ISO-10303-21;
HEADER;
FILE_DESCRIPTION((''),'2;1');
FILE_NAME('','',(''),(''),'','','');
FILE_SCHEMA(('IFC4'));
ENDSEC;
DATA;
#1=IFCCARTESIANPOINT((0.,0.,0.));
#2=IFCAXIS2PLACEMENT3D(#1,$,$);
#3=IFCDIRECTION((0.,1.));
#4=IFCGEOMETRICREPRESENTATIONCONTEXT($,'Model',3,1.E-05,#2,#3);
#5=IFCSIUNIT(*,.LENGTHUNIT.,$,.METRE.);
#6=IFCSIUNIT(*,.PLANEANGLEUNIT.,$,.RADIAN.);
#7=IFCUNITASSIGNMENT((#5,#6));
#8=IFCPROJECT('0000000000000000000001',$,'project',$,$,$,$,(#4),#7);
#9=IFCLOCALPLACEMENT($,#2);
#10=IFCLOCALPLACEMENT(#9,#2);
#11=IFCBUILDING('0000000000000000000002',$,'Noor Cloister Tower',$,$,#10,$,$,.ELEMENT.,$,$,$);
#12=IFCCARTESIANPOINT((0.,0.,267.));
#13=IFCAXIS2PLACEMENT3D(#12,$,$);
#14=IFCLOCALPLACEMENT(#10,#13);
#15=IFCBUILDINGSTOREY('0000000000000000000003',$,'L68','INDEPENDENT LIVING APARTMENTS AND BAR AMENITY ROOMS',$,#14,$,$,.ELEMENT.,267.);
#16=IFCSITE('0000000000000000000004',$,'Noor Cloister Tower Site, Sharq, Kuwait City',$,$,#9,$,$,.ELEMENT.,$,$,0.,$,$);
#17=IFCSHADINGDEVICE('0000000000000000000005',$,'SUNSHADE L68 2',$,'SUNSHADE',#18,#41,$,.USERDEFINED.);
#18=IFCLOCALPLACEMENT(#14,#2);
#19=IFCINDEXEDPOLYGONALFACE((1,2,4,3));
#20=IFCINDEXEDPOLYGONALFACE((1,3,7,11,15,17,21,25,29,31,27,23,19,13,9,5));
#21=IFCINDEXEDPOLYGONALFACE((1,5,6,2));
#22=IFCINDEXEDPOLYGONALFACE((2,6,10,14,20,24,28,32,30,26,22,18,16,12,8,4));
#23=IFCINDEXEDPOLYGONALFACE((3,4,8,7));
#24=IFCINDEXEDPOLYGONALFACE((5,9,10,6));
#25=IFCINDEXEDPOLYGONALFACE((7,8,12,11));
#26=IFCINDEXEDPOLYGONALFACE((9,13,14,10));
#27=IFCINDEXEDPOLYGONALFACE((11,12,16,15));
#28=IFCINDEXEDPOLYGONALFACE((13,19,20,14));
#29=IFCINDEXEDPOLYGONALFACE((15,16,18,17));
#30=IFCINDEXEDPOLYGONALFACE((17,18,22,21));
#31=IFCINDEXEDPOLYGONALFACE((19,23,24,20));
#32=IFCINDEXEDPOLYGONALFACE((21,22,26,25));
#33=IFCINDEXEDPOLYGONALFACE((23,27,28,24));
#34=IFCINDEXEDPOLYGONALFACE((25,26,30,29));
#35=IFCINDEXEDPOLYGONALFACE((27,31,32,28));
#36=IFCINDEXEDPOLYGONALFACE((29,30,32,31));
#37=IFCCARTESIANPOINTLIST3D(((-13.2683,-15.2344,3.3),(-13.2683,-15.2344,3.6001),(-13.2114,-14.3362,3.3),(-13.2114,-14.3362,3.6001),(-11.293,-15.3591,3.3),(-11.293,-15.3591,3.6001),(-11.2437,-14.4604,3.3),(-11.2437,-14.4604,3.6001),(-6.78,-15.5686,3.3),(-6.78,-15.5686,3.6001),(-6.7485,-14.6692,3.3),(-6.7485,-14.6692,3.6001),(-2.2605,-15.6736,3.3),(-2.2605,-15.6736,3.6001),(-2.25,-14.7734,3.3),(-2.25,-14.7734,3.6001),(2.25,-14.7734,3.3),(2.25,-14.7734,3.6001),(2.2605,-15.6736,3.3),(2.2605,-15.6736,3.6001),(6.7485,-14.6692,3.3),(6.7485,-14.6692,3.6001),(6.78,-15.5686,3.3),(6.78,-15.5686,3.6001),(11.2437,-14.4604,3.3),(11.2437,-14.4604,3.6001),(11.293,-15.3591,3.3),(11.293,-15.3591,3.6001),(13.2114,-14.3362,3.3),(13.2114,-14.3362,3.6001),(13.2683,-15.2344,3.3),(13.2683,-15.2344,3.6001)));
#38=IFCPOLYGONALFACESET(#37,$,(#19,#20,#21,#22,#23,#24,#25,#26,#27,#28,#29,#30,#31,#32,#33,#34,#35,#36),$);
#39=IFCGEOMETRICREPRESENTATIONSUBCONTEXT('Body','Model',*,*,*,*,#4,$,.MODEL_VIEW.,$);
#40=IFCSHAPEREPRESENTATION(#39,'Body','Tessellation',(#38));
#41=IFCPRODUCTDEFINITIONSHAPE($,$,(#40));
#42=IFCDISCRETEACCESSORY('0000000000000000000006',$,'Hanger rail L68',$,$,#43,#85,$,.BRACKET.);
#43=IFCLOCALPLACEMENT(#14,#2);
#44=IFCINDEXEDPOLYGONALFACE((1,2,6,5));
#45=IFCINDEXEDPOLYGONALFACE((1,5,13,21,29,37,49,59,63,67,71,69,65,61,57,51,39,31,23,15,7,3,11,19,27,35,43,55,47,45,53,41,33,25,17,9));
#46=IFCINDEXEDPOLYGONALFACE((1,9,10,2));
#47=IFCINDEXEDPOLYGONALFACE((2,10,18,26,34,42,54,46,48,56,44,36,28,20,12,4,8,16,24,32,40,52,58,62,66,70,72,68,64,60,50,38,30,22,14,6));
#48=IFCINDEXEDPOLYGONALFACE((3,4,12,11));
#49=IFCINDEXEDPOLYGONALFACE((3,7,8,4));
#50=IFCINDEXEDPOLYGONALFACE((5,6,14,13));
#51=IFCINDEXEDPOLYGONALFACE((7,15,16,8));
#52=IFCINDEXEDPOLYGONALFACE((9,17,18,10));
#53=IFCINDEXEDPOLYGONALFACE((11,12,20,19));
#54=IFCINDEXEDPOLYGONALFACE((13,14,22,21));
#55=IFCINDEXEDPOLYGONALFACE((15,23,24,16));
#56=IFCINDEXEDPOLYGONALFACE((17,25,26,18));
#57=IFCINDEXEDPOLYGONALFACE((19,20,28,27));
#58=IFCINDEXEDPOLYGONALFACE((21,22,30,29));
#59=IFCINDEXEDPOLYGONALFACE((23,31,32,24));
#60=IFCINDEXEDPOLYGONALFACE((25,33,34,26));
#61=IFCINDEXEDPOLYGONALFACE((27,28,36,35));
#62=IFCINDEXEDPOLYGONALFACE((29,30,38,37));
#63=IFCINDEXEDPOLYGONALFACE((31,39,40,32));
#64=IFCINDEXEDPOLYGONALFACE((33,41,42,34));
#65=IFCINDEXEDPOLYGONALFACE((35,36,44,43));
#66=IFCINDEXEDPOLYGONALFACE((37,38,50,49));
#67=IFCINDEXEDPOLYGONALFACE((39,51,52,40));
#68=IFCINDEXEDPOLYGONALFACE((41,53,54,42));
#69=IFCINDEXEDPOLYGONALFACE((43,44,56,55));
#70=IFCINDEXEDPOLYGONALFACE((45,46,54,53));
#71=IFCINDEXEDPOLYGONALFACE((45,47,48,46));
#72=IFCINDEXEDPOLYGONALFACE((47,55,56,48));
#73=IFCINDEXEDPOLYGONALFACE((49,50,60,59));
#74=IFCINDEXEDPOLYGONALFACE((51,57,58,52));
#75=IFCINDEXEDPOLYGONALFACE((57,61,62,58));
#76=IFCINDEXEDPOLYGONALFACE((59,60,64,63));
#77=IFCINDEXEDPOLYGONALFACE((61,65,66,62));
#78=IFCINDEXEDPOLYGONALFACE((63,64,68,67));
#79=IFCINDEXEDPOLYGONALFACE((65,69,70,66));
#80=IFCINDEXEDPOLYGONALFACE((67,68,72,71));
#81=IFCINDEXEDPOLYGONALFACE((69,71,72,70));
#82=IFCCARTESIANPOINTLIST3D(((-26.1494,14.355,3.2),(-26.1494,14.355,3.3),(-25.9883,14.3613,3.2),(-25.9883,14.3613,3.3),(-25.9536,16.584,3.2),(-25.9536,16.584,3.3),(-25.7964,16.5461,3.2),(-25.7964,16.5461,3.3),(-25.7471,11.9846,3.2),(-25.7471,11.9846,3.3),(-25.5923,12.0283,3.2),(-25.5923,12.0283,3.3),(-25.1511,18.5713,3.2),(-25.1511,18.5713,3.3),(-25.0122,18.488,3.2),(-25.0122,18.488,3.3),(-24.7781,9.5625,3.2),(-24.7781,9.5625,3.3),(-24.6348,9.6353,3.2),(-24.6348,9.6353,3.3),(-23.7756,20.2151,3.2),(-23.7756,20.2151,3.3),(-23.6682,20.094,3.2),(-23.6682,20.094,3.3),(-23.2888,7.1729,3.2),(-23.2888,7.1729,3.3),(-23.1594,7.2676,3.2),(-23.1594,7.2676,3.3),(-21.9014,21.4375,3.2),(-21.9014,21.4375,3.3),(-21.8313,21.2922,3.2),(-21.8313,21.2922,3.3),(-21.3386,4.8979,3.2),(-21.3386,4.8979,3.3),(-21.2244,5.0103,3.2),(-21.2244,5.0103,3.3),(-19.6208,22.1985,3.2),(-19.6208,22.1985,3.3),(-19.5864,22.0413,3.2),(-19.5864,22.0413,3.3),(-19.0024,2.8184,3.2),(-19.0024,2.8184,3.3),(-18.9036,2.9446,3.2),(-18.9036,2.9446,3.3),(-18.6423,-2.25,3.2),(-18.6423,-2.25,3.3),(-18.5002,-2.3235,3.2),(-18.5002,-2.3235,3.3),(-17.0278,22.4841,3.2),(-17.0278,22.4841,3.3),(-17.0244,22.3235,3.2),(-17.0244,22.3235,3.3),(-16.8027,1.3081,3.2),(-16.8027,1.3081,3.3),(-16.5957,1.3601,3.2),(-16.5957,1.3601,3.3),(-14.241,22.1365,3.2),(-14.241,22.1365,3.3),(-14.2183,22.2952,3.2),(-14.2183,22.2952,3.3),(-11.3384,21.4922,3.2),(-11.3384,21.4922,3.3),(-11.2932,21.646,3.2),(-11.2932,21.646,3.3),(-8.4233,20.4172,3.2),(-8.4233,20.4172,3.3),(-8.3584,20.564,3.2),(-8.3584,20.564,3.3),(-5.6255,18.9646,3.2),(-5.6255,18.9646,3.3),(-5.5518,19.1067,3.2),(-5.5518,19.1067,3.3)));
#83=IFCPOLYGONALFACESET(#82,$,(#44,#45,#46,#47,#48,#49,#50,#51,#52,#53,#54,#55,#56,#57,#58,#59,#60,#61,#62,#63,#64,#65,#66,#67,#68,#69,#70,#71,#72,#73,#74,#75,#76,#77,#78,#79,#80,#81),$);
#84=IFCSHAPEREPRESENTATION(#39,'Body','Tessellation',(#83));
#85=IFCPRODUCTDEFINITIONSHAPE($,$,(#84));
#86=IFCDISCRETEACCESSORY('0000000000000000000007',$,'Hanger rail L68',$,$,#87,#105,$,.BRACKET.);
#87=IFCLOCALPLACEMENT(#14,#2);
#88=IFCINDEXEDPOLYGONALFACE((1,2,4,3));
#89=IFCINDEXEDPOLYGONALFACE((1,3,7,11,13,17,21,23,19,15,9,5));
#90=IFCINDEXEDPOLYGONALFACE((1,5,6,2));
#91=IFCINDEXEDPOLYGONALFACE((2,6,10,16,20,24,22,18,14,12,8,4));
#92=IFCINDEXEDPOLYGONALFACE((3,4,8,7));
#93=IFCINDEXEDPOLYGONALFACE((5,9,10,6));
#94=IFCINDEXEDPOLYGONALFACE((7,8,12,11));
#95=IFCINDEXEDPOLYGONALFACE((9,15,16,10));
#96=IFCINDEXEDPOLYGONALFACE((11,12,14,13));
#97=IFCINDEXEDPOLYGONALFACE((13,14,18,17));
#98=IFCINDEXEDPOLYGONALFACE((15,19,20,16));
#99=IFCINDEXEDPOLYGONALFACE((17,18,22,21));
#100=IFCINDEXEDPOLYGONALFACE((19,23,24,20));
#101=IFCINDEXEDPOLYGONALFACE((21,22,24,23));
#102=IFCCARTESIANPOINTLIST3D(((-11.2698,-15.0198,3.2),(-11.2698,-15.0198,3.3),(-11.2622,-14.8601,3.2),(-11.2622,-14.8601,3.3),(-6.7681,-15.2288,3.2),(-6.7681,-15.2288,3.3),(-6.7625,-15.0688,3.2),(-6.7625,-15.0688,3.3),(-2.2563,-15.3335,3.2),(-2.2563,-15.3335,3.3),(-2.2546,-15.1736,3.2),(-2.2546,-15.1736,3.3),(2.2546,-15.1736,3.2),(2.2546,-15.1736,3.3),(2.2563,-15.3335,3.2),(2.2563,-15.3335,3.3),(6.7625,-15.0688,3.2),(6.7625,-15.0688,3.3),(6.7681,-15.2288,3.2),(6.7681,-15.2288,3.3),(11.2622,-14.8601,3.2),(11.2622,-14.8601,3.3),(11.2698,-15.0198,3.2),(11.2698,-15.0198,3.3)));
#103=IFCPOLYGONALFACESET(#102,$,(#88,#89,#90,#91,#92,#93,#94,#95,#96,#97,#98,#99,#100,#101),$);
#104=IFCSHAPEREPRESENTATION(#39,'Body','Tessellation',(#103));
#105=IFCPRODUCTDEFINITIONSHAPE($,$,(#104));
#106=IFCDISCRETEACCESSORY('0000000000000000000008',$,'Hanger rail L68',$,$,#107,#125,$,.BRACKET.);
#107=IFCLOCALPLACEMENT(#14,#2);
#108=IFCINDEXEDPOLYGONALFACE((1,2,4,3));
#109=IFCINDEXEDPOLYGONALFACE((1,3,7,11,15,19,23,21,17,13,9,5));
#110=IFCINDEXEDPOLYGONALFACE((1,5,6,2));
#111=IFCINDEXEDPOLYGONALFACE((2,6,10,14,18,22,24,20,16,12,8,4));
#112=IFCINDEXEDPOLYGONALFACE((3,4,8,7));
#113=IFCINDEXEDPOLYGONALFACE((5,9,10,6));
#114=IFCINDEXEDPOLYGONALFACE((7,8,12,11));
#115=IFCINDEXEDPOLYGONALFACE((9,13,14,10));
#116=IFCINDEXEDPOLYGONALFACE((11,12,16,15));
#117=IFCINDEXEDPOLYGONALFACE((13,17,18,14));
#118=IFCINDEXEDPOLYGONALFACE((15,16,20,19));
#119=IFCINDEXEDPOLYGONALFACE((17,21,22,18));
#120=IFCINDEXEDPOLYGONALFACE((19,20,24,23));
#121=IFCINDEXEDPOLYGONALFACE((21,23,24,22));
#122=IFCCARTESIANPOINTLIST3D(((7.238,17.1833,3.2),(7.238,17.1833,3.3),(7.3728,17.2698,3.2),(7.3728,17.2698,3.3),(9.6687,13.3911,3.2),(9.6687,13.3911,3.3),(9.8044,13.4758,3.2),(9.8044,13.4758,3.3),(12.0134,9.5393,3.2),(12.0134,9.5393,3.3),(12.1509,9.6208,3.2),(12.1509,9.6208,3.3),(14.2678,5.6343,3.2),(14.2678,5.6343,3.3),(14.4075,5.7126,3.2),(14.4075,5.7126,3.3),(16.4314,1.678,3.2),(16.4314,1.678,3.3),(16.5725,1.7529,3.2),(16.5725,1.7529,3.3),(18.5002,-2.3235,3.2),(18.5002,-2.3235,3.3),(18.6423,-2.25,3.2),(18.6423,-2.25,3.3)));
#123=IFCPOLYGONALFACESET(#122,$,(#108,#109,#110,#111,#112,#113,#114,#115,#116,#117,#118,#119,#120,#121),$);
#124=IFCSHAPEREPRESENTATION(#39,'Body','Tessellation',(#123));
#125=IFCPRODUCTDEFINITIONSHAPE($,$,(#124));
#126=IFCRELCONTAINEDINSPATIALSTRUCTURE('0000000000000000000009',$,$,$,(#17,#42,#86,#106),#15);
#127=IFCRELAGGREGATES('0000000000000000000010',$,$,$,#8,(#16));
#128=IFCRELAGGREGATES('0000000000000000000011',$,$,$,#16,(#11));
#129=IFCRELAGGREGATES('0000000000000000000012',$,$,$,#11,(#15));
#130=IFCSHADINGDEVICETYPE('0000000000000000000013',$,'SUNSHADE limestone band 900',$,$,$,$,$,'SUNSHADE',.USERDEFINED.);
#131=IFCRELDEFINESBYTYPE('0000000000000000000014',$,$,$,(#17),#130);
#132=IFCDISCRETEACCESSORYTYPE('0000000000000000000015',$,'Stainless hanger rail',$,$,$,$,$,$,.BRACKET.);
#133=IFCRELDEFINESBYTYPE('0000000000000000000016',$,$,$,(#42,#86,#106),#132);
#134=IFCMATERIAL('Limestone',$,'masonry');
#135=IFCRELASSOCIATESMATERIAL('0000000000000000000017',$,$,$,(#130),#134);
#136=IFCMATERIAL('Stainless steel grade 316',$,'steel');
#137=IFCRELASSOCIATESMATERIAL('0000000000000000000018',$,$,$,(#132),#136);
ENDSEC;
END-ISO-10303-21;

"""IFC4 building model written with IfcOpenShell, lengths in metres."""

from ifc_helpers import new_model, si_unit, direction, frame, origin, place, context, subcontext, project, spatial, polyline, outline, extrude, material, type_object, element, save


model = new_model("IFC4")

# Units and contexts
model_context = context("Model", 3, precision=1e-05, world=origin(), true_north=direction((0.0, 1.0)))
body_context = subcontext(model_context, "Body", "Model", "MODEL_VIEW")
ifc_project = project(units=[si_unit("LENGTHUNIT", "METRE"), si_unit("PLANEANGLEUNIT", "RADIAN")], contexts=[model_context])

# Site, building, storey
site_placement = place(None, origin())
site = spatial("IfcSite", under=ifc_project, at=site_placement, Name="Noor Cloister Tower Site, Sharq, Kuwait City", CompositionType="ELEMENT", RefElevation=0.0)
building_placement = place(site_placement, origin())
building = spatial("IfcBuilding", under=site, at=building_placement, Name="Noor Cloister Tower", CompositionType="ELEMENT")
storey_placement = place(building_placement, frame((0.0, 0.0, 267.0)))
storey = spatial("IfcBuildingStorey", under=building, at=storey_placement, Name="L68", Description="INDEPENDENT LIVING APARTMENTS AND BAR AMENITY ROOMS", CompositionType="ELEMENT", Elevation=267.0)

# Shading device
ifc_material_1 = material(Name="Limestone", Category="masonry")
shading_device_type_1 = type_object("IfcShadingDeviceType", Name="SUNSHADE limestone band 900", ElementType="SUNSHADE", PredefinedType="USERDEFINED", material=ifc_material_1)
shading_device_1_placement = place(storey_placement, frame((0.0, 0.0, 3.3)))
element("IfcShadingDevice", 1, at=shading_device_1_placement, inside=storey, type_object=shading_device_type_1, Name="SUNSHADE L68 2", ObjectType="SUNSHADE", PredefinedType="USERDEFINED", context=body_context, shape_type="SweptSolid", body=[
    extrude(outline(polyline([(-13.2683, -15.2344), (-11.293, -15.3591), (-6.78, -15.5686), (-2.2605, -15.6736), (2.2605, -15.6736), (6.78, -15.5686), (11.293, -15.3591), (13.2683, -15.2344), (13.2114, -14.3362), (11.2437, -14.4604), (6.7485, -14.6692), (2.25, -14.7734), (-2.25, -14.7734), (-6.7485, -14.6692), (-11.2437, -14.4604), (-13.2114, -14.3362), (-13.2683, -15.2344)])), origin(), (0.0, 0.0, 1.0), 0.3),
])

# Discrete accessories
ifc_material_2 = material(Name="Stainless steel grade 316", Category="steel")
discrete_accessory_type = type_object("IfcDiscreteAccessoryType", Name="Stainless hanger rail", PredefinedType="BRACKET", material=ifc_material_2)
discrete_accessory_1_placement = place(storey_placement, frame((0.0, 0.0, 3.2)))
element("IfcDiscreteAccessory", 2, at=discrete_accessory_1_placement, inside=storey, type_object=discrete_accessory_type, Name="Hanger rail L68", PredefinedType="BRACKET", context=body_context, shape_type="SweptSolid", body=[
    extrude(outline(polyline([(-5.5518, 19.1067), (-8.3584, 20.564), (-11.2932, 21.646), (-14.2183, 22.2952), (-17.0278, 22.4841), (-19.6208, 22.1985), (-21.9014, 21.4375), (-23.7756, 20.2151), (-25.1511, 18.5713), (-25.9536, 16.584), (-26.1494, 14.355), (-25.7471, 11.9846), (-24.7781, 9.5625), (-23.2888, 7.1729), (-21.3386, 4.8979), (-19.0024, 2.8184), (-16.8027, 1.3081), (-18.6423, -2.25), (-18.5002, -2.3235), (-16.5957, 1.3601), (-18.9036, 2.9446), (-21.2244, 5.0103), (-23.1594, 7.2676), (-24.6348, 9.6353), (-25.5923, 12.0283), (-25.9883, 14.3613), (-25.7964, 16.5461), (-25.0122, 18.488), (-23.6682, 20.094), (-21.8313, 21.2922), (-19.5864, 22.0413), (-17.0244, 22.3235), (-14.241, 22.1365), (-11.3384, 21.4922), (-8.4233, 20.4172), (-5.6255, 18.9646), (-5.5518, 19.1067)])), origin(), (0.0, 0.0, 1.0), 0.1001),
])
discrete_accessory_2_placement = place(storey_placement, frame((0.0, 0.0, 3.2)))
element("IfcDiscreteAccessory", 3, at=discrete_accessory_2_placement, inside=storey, type_object=discrete_accessory_type, Name="Hanger rail L68", PredefinedType="BRACKET", context=body_context, shape_type="SweptSolid", body=[
    extrude(outline(polyline([(-11.2698, -15.0198), (-6.7681, -15.2288), (-2.2563, -15.3335), (2.2563, -15.3335), (6.7681, -15.2288), (11.2698, -15.0198), (11.2622, -14.8601), (6.7625, -15.0688), (2.2546, -15.1736), (-2.2546, -15.1736), (-6.7625, -15.0688), (-11.2622, -14.8601), (-11.2698, -15.0198)])), origin(), (0.0, 0.0, 1.0), 0.1001),
])
discrete_accessory_3_placement = place(storey_placement, frame((0.0, 0.0, 3.2)))
element("IfcDiscreteAccessory", 4, at=discrete_accessory_3_placement, inside=storey, type_object=discrete_accessory_type, Name="Hanger rail L68", PredefinedType="BRACKET", context=body_context, shape_type="SweptSolid", body=[
    extrude(outline(polyline([(18.6423, -2.25), (16.5725, 1.7529), (14.4075, 5.7126), (12.1509, 9.6208), (9.8044, 13.4758), (7.3728, 17.2698), (7.238, 17.1833), (9.6687, 13.3911), (12.0134, 9.5393), (14.2678, 5.6343), (16.4314, 1.678), (18.5002, -2.3235), (18.6423, -2.25)])), origin(), (0.0, 0.0, 1.0), 0.1001),
])

save(model, "model.ifc")
